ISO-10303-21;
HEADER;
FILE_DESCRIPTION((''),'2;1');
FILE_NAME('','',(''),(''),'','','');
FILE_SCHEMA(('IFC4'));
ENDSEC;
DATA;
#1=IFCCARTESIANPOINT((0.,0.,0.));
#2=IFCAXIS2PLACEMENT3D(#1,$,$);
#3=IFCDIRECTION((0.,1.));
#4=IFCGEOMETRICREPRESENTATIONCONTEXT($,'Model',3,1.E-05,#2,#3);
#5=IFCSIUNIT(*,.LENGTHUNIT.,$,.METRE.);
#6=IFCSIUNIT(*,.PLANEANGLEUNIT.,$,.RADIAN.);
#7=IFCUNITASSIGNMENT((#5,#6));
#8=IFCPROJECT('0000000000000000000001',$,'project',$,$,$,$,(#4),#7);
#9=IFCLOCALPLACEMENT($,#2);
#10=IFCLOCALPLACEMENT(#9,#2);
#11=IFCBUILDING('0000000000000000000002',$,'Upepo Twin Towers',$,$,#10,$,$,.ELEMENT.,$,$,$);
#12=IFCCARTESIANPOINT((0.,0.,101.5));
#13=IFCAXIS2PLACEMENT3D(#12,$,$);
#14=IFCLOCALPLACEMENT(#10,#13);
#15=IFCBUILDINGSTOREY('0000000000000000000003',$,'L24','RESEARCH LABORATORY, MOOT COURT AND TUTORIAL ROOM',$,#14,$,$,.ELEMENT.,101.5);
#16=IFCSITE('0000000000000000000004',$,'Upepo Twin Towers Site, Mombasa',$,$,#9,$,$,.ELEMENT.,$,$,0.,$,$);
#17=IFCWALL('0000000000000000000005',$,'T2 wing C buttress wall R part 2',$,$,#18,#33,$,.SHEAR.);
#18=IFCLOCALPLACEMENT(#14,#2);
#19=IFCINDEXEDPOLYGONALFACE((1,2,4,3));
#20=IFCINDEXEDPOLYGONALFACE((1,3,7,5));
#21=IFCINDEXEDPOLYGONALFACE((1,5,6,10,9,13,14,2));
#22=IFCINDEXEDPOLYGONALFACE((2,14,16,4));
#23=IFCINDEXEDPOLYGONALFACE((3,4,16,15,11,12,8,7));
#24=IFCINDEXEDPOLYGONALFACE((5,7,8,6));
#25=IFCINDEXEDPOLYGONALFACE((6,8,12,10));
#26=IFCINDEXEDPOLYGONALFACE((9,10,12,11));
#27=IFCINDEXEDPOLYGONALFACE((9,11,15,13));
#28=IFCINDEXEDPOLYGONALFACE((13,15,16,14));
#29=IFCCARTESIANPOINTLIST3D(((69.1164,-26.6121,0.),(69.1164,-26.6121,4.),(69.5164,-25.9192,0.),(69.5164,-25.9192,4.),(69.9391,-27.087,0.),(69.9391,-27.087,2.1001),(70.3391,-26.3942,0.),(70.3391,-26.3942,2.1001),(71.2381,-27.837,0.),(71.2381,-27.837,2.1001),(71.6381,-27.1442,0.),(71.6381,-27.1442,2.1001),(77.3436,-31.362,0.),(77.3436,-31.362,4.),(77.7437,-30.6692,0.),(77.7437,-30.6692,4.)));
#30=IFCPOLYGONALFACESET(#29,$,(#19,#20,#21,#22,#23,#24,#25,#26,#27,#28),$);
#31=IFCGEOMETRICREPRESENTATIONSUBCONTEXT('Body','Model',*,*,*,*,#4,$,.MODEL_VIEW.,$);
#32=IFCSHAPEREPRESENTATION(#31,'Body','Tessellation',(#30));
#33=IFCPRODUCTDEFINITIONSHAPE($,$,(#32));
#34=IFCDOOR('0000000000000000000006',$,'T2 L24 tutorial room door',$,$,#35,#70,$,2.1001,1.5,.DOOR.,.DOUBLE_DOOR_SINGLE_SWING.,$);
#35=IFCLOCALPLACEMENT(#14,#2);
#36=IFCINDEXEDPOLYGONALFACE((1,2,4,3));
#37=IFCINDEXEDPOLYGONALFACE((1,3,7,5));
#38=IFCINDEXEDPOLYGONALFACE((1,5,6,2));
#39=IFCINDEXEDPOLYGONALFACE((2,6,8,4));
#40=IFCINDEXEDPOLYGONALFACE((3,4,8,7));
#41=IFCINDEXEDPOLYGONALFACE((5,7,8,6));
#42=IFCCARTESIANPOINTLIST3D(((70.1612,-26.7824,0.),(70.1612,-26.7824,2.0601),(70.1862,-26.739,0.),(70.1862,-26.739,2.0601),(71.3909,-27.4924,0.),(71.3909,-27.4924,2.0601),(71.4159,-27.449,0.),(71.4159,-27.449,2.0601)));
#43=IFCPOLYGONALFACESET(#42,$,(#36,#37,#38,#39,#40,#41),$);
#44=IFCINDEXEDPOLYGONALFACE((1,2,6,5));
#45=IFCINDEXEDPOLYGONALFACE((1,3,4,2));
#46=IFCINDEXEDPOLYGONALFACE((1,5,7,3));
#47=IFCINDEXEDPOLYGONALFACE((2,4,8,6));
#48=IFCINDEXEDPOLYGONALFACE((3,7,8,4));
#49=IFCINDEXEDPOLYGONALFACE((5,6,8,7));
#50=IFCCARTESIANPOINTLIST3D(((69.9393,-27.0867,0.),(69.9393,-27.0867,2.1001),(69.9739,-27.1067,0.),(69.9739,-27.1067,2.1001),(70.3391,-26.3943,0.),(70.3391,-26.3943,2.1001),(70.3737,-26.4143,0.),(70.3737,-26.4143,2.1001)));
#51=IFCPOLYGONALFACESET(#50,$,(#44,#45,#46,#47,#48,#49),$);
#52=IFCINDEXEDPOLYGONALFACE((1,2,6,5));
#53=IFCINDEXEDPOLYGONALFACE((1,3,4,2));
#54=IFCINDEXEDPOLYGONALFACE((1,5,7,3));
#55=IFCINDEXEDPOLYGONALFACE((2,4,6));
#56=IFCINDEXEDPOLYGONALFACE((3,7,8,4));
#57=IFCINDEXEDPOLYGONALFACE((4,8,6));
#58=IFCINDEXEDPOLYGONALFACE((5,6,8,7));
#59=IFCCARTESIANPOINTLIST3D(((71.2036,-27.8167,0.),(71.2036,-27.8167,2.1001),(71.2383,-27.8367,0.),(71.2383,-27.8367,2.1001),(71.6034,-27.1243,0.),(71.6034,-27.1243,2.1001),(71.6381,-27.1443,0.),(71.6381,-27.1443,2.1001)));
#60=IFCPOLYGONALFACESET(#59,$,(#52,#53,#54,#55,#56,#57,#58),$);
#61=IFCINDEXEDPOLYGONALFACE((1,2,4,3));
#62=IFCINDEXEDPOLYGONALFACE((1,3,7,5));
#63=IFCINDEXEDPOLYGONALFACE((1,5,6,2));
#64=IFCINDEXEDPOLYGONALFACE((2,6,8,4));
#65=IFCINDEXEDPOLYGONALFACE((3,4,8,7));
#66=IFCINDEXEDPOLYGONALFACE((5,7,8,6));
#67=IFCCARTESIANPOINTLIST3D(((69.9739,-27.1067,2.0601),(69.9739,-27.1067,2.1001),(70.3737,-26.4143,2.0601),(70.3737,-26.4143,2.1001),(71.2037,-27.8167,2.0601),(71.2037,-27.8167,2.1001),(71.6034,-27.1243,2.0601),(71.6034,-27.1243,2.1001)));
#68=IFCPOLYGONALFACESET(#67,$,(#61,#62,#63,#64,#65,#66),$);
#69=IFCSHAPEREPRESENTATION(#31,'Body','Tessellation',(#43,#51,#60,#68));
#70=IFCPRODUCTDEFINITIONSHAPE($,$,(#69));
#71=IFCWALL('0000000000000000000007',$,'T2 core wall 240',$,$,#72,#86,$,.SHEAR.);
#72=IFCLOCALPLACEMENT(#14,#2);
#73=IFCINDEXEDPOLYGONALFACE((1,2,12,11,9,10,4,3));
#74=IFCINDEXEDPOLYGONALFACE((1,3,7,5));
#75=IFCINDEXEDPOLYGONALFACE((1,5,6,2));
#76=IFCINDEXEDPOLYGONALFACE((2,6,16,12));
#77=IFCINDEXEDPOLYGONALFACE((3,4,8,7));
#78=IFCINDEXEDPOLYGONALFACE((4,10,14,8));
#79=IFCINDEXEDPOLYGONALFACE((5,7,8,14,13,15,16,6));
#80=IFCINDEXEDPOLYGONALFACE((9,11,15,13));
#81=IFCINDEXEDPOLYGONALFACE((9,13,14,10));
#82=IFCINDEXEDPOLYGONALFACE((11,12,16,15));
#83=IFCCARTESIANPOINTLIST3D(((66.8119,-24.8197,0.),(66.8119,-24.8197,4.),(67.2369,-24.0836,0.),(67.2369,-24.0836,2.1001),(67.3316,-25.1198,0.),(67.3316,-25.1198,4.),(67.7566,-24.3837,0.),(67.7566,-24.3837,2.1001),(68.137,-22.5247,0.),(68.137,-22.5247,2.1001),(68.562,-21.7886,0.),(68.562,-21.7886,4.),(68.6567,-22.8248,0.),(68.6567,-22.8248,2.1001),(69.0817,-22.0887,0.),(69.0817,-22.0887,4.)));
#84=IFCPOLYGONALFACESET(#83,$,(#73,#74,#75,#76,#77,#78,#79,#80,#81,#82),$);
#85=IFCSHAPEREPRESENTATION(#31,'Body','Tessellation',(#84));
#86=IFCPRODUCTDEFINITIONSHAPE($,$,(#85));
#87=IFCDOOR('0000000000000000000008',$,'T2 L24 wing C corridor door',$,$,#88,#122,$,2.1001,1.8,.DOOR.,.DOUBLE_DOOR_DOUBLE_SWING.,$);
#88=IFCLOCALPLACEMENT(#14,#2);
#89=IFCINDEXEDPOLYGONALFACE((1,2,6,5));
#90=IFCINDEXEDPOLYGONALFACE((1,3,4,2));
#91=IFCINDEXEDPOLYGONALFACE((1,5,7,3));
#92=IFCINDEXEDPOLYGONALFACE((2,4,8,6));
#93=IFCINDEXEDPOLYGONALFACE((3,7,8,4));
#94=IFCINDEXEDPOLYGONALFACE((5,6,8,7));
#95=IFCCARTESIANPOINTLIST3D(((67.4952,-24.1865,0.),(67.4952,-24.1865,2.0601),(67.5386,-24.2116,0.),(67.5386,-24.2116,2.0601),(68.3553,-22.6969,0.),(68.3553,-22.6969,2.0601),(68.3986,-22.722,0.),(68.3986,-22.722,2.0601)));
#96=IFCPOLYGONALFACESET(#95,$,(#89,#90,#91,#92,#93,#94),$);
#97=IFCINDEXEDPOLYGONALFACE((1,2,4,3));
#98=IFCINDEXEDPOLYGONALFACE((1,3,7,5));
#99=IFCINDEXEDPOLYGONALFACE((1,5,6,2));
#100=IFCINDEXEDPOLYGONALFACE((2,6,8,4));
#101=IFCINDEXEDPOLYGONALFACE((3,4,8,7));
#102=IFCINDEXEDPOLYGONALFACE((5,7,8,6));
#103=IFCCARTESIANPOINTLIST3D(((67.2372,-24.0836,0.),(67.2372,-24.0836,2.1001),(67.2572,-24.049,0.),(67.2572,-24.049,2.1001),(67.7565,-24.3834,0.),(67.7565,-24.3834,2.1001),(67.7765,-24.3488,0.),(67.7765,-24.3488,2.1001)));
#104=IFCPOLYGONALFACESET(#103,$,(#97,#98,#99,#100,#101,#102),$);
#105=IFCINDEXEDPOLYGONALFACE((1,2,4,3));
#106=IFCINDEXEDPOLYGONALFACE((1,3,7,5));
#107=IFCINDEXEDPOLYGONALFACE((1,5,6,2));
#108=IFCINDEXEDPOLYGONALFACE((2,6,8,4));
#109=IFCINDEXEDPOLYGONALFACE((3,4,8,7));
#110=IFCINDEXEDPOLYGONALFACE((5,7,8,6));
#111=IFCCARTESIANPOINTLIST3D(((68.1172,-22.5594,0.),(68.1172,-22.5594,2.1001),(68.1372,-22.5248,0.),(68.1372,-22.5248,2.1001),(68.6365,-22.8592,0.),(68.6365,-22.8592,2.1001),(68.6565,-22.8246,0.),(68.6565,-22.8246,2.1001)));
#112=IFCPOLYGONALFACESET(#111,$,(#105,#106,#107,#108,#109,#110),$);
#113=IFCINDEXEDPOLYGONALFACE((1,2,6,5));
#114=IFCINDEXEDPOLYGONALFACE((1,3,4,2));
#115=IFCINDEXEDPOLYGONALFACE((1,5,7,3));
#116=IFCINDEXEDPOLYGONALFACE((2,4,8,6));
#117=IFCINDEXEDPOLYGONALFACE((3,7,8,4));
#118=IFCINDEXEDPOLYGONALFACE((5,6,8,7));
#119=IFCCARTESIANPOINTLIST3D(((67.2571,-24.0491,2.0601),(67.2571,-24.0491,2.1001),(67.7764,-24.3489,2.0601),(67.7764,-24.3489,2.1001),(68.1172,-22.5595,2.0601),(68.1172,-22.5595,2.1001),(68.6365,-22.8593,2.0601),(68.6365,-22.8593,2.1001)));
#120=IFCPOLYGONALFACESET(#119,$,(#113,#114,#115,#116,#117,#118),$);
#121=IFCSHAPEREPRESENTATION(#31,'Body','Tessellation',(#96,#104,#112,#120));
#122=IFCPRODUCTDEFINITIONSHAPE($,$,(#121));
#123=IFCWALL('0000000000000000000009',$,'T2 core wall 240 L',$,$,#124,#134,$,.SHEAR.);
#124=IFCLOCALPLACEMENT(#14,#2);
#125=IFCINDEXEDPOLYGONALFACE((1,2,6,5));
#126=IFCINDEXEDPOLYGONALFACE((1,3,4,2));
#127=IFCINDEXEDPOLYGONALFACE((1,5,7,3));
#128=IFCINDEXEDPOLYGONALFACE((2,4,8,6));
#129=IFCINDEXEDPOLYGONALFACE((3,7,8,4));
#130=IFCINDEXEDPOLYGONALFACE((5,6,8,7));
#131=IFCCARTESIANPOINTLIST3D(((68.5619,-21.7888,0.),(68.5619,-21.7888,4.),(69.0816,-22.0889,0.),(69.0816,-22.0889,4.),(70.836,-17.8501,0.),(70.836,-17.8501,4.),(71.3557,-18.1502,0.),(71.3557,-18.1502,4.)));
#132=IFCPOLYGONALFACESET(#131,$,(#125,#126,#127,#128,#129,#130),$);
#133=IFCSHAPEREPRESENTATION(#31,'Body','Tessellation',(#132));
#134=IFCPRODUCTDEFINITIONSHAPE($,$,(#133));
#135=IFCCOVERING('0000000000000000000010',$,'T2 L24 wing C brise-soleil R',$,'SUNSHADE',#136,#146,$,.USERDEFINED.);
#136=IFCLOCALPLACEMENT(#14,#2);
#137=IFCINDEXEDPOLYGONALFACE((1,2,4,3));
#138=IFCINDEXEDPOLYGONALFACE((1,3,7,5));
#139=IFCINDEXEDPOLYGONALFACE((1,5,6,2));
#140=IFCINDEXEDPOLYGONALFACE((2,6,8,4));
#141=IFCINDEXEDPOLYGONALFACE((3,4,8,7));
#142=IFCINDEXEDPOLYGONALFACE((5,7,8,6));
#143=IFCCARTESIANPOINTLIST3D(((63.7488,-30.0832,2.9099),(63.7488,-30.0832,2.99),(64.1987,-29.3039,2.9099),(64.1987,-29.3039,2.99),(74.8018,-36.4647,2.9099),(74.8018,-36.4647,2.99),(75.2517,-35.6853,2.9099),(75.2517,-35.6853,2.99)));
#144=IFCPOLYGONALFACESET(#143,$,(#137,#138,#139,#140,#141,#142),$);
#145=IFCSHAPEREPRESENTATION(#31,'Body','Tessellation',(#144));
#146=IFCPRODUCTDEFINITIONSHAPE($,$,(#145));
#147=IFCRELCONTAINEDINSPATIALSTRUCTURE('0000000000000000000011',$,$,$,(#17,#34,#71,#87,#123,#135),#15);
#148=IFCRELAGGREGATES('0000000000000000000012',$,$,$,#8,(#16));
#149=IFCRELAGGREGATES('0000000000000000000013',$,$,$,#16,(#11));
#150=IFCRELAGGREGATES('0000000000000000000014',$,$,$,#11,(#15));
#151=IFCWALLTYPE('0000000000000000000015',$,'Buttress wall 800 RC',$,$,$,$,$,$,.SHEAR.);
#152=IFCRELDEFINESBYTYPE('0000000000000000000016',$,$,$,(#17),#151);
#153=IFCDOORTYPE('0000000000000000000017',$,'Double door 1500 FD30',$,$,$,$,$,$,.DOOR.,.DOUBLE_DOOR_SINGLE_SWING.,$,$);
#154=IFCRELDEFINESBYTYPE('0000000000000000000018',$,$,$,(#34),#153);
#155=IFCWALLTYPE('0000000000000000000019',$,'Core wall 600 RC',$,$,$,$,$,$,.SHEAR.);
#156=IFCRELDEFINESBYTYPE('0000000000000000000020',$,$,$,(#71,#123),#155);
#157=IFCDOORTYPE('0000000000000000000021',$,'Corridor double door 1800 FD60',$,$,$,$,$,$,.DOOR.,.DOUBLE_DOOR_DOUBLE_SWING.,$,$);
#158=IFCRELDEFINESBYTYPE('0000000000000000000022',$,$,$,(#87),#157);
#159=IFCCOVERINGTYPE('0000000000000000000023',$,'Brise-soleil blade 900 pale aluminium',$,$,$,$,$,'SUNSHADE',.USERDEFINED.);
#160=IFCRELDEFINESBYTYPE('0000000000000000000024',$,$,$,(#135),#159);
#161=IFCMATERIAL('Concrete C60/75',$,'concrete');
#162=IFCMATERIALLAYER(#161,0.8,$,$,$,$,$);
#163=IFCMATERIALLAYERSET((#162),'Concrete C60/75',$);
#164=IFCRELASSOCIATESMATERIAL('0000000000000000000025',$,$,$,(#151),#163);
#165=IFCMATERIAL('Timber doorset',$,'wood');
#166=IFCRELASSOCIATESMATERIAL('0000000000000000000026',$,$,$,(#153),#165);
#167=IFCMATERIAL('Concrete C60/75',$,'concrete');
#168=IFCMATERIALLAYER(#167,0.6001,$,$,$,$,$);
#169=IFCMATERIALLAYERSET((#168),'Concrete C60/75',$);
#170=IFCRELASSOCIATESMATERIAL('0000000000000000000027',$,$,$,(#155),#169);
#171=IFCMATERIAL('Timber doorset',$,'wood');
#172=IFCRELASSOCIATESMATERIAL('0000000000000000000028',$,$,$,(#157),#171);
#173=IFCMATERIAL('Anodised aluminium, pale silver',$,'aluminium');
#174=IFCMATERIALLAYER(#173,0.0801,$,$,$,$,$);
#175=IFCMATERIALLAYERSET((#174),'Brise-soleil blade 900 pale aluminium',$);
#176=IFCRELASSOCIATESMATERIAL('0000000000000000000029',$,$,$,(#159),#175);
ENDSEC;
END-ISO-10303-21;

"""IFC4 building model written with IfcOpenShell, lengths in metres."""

from ifc_helpers import new_model, si_unit, direction, frame, frame_2d, origin, origin_2d, place, context, subcontext, project, spatial, rectangle, extrude, material, layer, layer_set, type_object, element, fill, save


model = new_model("IFC4")

# Units and contexts
model_context = context("Model", 3, precision=1e-05, world=origin(), true_north=direction((0.0, 1.0)))
body_context = subcontext(model_context, "Body", "Model", "MODEL_VIEW")
ifc_project = project(units=[si_unit("LENGTHUNIT", "METRE"), si_unit("PLANEANGLEUNIT", "RADIAN")], contexts=[model_context])

# Site, building, storey
site_placement = place(None, origin())
site = spatial("IfcSite", under=ifc_project, at=site_placement, Name="Upepo Twin Towers Site, Mombasa", CompositionType="ELEMENT", RefElevation=0.0)
building_placement = place(site_placement, origin())
building = spatial("IfcBuilding", under=site, at=building_placement, Name="Upepo Twin Towers", CompositionType="ELEMENT")
storey_placement = place(building_placement, frame((0.0, 0.0, 101.5)))
storey = spatial("IfcBuildingStorey", under=building, at=storey_placement, Name="L24", Description="RESEARCH LABORATORY, MOOT COURT AND TUTORIAL ROOM", CompositionType="ELEMENT", Elevation=101.5)

# Walls, openings, doors
ifc_material_1 = material(Name="Concrete C60/75", Category="concrete")
ifc_layer_1 = layer(ifc_material_1, 0.8)
ifc_layer_set_1 = layer_set([ifc_layer_1], Name="Concrete C60/75")
wall_type_1 = type_object("IfcWallType", Name="Buttress wall 800 RC", PredefinedType="SHEAR", material=ifc_layer_set_1)
ifc_material_2 = material(Name="Timber doorset", Category="wood")
door_type_1 = type_object("IfcDoorType", Name="Double door 1500 FD30", OperationType="DOUBLE_DOOR_SINGLE_SWING", PredefinedType="DOOR", material=ifc_material_2)
wall_1_placement = place(storey_placement, frame((69.3164, -26.2656, 0.0), z_axis=(0.0, 0.0, 1.0), x_axis=(0.866027, -0.499998, 0.0)))
wall_1 = element("IfcWall", 1, at=wall_1_placement, inside=storey, type_object=wall_type_1, Name="T2 wing C buttress wall R part 2", PredefinedType="SHEAR", context=body_context, shape_type="SweptSolid", body=[
    extrude(rectangle(XDim=9.5, YDim=0.8, at=frame_2d((4.75, 0.0))), origin(), (0.0, 0.0, 1.0), 4.0),
])
opening_1_placement = place(wall_1_placement, frame((0.95, 0.0, 0.0)))
opening_1 = element("IfcOpeningElement", 2, at=opening_1_placement, cuts=wall_1, PredefinedType="OPENING", context=body_context, shape_type="SweptSolid", body=[
    extrude(rectangle(XDim=1.5, YDim=2.1001, at=frame_2d((0.75, 1.05))), frame((0.0, 0.4099, 0.0), z_axis=(0.0, -1.0, 0.0), x_axis=(1.0, 0.0, 0.0)), (0.0, 0.0, 1.0), 0.8201),
])
door_1_placement = place(opening_1_placement, origin())
door_1 = element("IfcDoor", 3, at=door_1_placement, inside=storey, type_object=door_type_1, Name="T2 L24 tutorial room door", OperationType="DOUBLE_DOOR_SINGLE_SWING", OverallHeight=2.1001, OverallWidth=1.5, PredefinedType="DOOR", context=body_context, shape_type="SweptSolid", body=[
    extrude(rectangle(XDim=1.42, YDim=2.0601, at=frame_2d((0.75, 1.03))), frame((0.0, 0.0249, 0.0), z_axis=(0.0, -1.0, 0.0), x_axis=(1.0, 0.0, 0.0)), (0.0, 0.0, 1.0), 0.05),
    extrude(rectangle(XDim=0.04, YDim=2.1001, at=frame_2d((0.02, 1.05))), frame((0.0, 0.3999, 0.0), z_axis=(0.0, -1.0, 0.0), x_axis=(1.0, 0.0, 0.0)), (0.0, 0.0, 1.0), 0.7996),
    extrude(rectangle(XDim=0.04, YDim=2.1001, at=frame_2d((1.48, 1.05))), frame((0.0, 0.3999, 0.0), z_axis=(0.0, -1.0, 0.0), x_axis=(1.0, 0.0, 0.0)), (0.0, 0.0, 1.0), 0.7996),
    extrude(rectangle(XDim=1.42, YDim=0.04, at=frame_2d((0.75, 2.0801))), frame((0.0, 0.3999, 0.0), z_axis=(0.0, -1.0, 0.0), x_axis=(1.0, 0.0, 0.0)), (0.0, 0.0, 1.0), 0.7996),
])
fill(opening_1, door_1)
ifc_material_3 = material(Name="Concrete C60/75", Category="concrete")
ifc_layer_2 = layer(ifc_material_3, 0.6001)
ifc_layer_set_2 = layer_set([ifc_layer_2], Name="Concrete C60/75")
wall_type_2 = type_object("IfcWallType", Name="Core wall 600 RC", PredefinedType="SHEAR", material=ifc_layer_set_2)
wall_2_placement = place(storey_placement, frame((67.0718, -24.9697, 0.0), z_axis=(0.0, 0.0, 1.0), x_axis=(0.50001, 0.866019, 0.0)))
wall_2 = element("IfcWall", 4, at=wall_2_placement, inside=storey, type_object=wall_type_2, Name="T2 core wall 240", PredefinedType="SHEAR", context=body_context, shape_type="SweptSolid", body=[
    extrude(rectangle(XDim=3.5, YDim=0.6001, at=frame_2d((1.75, 0.0))), origin(), (0.0, 0.0, 1.0), 4.0),
])
opening_2_placement = place(wall_2_placement, frame((0.8501, 0.0, 0.0)))
opening_2 = element("IfcOpeningElement", 5, at=opening_2_placement, cuts=wall_2, PredefinedType="OPENING", context=body_context, shape_type="SweptSolid", body=[
    extrude(rectangle(XDim=1.8, YDim=2.1001, at=frame_2d((0.8999, 1.05))), frame((0.0, 0.3101, 0.0), z_axis=(0.0, -1.0, 0.0), x_axis=(1.0, 0.0, 0.0)), (0.0, 0.0, 1.0), 0.6201),
])
ifc_material_4 = material(Name="Timber doorset", Category="wood")
door_type_2 = type_object("IfcDoorType", Name="Corridor double door 1800 FD60", OperationType="DOUBLE_DOOR_DOUBLE_SWING", PredefinedType="DOOR", material=ifc_material_4)
door_2_placement = place(opening_2_placement, origin())
door_2 = element("IfcDoor", 6, at=door_2_placement, inside=storey, type_object=door_type_2, Name="T2 L24 wing C corridor door", OperationType="DOUBLE_DOOR_DOUBLE_SWING", OverallHeight=2.1001, OverallWidth=1.8, PredefinedType="DOOR", context=body_context, shape_type="SweptSolid", body=[
    extrude(rectangle(XDim=1.72, YDim=2.0601, at=frame_2d((0.8999, 1.03))), frame((0.0, 0.0249, 0.0), z_axis=(0.0, -1.0, 0.0), x_axis=(1.0, 0.0, 0.0)), (0.0, 0.0, 1.0), 0.05),
    extrude(rectangle(XDim=0.04, YDim=2.1001, at=frame_2d((0.02, 1.05))), frame((0.0, 0.2998, 0.0), z_axis=(0.0, -1.0, 0.0), x_axis=(1.0, 0.0, 0.0)), (0.0, 0.0, 1.0), 0.5996),
    extrude(rectangle(XDim=0.04, YDim=2.1001, at=frame_2d((1.78, 1.05))), frame((0.0, 0.2998, 0.0), z_axis=(0.0, -1.0, 0.0), x_axis=(1.0, 0.0, 0.0)), (0.0, 0.0, 1.0), 0.5996),
    extrude(rectangle(XDim=1.72, YDim=0.04, at=frame_2d((0.8999, 2.0801))), frame((0.0, 0.2998, 0.0), z_axis=(0.0, -1.0, 0.0), x_axis=(1.0, 0.0, 0.0)), (0.0, 0.0, 1.0), 0.5996),
])
fill(opening_2, door_2)

# Wall
wall_3_placement = place(storey_placement, frame((68.8218, -21.9387, 0.0), z_axis=(0.0, 0.0, 1.0), x_axis=(0.500024, 0.866011, 0.0)))
element("IfcWall", 7, at=wall_3_placement, inside=storey, type_object=wall_type_2, Name="T2 core wall 240 L", PredefinedType="SHEAR", context=body_context, shape_type="SweptSolid", body=[
    extrude(rectangle(XDim=4.5481, YDim=0.6001, at=frame_2d((2.2739, 0.0))), origin(), (0.0, 0.0, 1.0), 4.0),
])

# Covering
ifc_material_5 = material(Name="Anodised aluminium, pale silver", Category="aluminium")
ifc_layer_3 = layer(ifc_material_5, 0.0801)
ifc_layer_set_3 = layer_set([ifc_layer_3], Name="Brise-soleil blade 900 pale aluminium")
covering_type = type_object("IfcCoveringType", Name="Brise-soleil blade 900 pale aluminium", ElementType="SUNSHADE", PredefinedType="USERDEFINED", material=ifc_layer_set_3)
covering_placement = place(storey_placement, frame((69.5002, -32.8843, 2.9099), z_axis=(0.0, 0.0, 1.0), x_axis=(0.866025, -0.5, 0.0)))
element("IfcCovering", 8, at=covering_placement, inside=storey, type_object=covering_type, Name="T2 L24 wing C brise-soleil R", ObjectType="SUNSHADE", PredefinedType="USERDEFINED", context=body_context, shape_type="SweptSolid", body=[
    extrude(rectangle(XDim=12.7629, YDim=0.8999, at=origin_2d()), origin(), (0.0, 0.0, 1.0), 0.0801),
])

save(model, "model.ifc")
